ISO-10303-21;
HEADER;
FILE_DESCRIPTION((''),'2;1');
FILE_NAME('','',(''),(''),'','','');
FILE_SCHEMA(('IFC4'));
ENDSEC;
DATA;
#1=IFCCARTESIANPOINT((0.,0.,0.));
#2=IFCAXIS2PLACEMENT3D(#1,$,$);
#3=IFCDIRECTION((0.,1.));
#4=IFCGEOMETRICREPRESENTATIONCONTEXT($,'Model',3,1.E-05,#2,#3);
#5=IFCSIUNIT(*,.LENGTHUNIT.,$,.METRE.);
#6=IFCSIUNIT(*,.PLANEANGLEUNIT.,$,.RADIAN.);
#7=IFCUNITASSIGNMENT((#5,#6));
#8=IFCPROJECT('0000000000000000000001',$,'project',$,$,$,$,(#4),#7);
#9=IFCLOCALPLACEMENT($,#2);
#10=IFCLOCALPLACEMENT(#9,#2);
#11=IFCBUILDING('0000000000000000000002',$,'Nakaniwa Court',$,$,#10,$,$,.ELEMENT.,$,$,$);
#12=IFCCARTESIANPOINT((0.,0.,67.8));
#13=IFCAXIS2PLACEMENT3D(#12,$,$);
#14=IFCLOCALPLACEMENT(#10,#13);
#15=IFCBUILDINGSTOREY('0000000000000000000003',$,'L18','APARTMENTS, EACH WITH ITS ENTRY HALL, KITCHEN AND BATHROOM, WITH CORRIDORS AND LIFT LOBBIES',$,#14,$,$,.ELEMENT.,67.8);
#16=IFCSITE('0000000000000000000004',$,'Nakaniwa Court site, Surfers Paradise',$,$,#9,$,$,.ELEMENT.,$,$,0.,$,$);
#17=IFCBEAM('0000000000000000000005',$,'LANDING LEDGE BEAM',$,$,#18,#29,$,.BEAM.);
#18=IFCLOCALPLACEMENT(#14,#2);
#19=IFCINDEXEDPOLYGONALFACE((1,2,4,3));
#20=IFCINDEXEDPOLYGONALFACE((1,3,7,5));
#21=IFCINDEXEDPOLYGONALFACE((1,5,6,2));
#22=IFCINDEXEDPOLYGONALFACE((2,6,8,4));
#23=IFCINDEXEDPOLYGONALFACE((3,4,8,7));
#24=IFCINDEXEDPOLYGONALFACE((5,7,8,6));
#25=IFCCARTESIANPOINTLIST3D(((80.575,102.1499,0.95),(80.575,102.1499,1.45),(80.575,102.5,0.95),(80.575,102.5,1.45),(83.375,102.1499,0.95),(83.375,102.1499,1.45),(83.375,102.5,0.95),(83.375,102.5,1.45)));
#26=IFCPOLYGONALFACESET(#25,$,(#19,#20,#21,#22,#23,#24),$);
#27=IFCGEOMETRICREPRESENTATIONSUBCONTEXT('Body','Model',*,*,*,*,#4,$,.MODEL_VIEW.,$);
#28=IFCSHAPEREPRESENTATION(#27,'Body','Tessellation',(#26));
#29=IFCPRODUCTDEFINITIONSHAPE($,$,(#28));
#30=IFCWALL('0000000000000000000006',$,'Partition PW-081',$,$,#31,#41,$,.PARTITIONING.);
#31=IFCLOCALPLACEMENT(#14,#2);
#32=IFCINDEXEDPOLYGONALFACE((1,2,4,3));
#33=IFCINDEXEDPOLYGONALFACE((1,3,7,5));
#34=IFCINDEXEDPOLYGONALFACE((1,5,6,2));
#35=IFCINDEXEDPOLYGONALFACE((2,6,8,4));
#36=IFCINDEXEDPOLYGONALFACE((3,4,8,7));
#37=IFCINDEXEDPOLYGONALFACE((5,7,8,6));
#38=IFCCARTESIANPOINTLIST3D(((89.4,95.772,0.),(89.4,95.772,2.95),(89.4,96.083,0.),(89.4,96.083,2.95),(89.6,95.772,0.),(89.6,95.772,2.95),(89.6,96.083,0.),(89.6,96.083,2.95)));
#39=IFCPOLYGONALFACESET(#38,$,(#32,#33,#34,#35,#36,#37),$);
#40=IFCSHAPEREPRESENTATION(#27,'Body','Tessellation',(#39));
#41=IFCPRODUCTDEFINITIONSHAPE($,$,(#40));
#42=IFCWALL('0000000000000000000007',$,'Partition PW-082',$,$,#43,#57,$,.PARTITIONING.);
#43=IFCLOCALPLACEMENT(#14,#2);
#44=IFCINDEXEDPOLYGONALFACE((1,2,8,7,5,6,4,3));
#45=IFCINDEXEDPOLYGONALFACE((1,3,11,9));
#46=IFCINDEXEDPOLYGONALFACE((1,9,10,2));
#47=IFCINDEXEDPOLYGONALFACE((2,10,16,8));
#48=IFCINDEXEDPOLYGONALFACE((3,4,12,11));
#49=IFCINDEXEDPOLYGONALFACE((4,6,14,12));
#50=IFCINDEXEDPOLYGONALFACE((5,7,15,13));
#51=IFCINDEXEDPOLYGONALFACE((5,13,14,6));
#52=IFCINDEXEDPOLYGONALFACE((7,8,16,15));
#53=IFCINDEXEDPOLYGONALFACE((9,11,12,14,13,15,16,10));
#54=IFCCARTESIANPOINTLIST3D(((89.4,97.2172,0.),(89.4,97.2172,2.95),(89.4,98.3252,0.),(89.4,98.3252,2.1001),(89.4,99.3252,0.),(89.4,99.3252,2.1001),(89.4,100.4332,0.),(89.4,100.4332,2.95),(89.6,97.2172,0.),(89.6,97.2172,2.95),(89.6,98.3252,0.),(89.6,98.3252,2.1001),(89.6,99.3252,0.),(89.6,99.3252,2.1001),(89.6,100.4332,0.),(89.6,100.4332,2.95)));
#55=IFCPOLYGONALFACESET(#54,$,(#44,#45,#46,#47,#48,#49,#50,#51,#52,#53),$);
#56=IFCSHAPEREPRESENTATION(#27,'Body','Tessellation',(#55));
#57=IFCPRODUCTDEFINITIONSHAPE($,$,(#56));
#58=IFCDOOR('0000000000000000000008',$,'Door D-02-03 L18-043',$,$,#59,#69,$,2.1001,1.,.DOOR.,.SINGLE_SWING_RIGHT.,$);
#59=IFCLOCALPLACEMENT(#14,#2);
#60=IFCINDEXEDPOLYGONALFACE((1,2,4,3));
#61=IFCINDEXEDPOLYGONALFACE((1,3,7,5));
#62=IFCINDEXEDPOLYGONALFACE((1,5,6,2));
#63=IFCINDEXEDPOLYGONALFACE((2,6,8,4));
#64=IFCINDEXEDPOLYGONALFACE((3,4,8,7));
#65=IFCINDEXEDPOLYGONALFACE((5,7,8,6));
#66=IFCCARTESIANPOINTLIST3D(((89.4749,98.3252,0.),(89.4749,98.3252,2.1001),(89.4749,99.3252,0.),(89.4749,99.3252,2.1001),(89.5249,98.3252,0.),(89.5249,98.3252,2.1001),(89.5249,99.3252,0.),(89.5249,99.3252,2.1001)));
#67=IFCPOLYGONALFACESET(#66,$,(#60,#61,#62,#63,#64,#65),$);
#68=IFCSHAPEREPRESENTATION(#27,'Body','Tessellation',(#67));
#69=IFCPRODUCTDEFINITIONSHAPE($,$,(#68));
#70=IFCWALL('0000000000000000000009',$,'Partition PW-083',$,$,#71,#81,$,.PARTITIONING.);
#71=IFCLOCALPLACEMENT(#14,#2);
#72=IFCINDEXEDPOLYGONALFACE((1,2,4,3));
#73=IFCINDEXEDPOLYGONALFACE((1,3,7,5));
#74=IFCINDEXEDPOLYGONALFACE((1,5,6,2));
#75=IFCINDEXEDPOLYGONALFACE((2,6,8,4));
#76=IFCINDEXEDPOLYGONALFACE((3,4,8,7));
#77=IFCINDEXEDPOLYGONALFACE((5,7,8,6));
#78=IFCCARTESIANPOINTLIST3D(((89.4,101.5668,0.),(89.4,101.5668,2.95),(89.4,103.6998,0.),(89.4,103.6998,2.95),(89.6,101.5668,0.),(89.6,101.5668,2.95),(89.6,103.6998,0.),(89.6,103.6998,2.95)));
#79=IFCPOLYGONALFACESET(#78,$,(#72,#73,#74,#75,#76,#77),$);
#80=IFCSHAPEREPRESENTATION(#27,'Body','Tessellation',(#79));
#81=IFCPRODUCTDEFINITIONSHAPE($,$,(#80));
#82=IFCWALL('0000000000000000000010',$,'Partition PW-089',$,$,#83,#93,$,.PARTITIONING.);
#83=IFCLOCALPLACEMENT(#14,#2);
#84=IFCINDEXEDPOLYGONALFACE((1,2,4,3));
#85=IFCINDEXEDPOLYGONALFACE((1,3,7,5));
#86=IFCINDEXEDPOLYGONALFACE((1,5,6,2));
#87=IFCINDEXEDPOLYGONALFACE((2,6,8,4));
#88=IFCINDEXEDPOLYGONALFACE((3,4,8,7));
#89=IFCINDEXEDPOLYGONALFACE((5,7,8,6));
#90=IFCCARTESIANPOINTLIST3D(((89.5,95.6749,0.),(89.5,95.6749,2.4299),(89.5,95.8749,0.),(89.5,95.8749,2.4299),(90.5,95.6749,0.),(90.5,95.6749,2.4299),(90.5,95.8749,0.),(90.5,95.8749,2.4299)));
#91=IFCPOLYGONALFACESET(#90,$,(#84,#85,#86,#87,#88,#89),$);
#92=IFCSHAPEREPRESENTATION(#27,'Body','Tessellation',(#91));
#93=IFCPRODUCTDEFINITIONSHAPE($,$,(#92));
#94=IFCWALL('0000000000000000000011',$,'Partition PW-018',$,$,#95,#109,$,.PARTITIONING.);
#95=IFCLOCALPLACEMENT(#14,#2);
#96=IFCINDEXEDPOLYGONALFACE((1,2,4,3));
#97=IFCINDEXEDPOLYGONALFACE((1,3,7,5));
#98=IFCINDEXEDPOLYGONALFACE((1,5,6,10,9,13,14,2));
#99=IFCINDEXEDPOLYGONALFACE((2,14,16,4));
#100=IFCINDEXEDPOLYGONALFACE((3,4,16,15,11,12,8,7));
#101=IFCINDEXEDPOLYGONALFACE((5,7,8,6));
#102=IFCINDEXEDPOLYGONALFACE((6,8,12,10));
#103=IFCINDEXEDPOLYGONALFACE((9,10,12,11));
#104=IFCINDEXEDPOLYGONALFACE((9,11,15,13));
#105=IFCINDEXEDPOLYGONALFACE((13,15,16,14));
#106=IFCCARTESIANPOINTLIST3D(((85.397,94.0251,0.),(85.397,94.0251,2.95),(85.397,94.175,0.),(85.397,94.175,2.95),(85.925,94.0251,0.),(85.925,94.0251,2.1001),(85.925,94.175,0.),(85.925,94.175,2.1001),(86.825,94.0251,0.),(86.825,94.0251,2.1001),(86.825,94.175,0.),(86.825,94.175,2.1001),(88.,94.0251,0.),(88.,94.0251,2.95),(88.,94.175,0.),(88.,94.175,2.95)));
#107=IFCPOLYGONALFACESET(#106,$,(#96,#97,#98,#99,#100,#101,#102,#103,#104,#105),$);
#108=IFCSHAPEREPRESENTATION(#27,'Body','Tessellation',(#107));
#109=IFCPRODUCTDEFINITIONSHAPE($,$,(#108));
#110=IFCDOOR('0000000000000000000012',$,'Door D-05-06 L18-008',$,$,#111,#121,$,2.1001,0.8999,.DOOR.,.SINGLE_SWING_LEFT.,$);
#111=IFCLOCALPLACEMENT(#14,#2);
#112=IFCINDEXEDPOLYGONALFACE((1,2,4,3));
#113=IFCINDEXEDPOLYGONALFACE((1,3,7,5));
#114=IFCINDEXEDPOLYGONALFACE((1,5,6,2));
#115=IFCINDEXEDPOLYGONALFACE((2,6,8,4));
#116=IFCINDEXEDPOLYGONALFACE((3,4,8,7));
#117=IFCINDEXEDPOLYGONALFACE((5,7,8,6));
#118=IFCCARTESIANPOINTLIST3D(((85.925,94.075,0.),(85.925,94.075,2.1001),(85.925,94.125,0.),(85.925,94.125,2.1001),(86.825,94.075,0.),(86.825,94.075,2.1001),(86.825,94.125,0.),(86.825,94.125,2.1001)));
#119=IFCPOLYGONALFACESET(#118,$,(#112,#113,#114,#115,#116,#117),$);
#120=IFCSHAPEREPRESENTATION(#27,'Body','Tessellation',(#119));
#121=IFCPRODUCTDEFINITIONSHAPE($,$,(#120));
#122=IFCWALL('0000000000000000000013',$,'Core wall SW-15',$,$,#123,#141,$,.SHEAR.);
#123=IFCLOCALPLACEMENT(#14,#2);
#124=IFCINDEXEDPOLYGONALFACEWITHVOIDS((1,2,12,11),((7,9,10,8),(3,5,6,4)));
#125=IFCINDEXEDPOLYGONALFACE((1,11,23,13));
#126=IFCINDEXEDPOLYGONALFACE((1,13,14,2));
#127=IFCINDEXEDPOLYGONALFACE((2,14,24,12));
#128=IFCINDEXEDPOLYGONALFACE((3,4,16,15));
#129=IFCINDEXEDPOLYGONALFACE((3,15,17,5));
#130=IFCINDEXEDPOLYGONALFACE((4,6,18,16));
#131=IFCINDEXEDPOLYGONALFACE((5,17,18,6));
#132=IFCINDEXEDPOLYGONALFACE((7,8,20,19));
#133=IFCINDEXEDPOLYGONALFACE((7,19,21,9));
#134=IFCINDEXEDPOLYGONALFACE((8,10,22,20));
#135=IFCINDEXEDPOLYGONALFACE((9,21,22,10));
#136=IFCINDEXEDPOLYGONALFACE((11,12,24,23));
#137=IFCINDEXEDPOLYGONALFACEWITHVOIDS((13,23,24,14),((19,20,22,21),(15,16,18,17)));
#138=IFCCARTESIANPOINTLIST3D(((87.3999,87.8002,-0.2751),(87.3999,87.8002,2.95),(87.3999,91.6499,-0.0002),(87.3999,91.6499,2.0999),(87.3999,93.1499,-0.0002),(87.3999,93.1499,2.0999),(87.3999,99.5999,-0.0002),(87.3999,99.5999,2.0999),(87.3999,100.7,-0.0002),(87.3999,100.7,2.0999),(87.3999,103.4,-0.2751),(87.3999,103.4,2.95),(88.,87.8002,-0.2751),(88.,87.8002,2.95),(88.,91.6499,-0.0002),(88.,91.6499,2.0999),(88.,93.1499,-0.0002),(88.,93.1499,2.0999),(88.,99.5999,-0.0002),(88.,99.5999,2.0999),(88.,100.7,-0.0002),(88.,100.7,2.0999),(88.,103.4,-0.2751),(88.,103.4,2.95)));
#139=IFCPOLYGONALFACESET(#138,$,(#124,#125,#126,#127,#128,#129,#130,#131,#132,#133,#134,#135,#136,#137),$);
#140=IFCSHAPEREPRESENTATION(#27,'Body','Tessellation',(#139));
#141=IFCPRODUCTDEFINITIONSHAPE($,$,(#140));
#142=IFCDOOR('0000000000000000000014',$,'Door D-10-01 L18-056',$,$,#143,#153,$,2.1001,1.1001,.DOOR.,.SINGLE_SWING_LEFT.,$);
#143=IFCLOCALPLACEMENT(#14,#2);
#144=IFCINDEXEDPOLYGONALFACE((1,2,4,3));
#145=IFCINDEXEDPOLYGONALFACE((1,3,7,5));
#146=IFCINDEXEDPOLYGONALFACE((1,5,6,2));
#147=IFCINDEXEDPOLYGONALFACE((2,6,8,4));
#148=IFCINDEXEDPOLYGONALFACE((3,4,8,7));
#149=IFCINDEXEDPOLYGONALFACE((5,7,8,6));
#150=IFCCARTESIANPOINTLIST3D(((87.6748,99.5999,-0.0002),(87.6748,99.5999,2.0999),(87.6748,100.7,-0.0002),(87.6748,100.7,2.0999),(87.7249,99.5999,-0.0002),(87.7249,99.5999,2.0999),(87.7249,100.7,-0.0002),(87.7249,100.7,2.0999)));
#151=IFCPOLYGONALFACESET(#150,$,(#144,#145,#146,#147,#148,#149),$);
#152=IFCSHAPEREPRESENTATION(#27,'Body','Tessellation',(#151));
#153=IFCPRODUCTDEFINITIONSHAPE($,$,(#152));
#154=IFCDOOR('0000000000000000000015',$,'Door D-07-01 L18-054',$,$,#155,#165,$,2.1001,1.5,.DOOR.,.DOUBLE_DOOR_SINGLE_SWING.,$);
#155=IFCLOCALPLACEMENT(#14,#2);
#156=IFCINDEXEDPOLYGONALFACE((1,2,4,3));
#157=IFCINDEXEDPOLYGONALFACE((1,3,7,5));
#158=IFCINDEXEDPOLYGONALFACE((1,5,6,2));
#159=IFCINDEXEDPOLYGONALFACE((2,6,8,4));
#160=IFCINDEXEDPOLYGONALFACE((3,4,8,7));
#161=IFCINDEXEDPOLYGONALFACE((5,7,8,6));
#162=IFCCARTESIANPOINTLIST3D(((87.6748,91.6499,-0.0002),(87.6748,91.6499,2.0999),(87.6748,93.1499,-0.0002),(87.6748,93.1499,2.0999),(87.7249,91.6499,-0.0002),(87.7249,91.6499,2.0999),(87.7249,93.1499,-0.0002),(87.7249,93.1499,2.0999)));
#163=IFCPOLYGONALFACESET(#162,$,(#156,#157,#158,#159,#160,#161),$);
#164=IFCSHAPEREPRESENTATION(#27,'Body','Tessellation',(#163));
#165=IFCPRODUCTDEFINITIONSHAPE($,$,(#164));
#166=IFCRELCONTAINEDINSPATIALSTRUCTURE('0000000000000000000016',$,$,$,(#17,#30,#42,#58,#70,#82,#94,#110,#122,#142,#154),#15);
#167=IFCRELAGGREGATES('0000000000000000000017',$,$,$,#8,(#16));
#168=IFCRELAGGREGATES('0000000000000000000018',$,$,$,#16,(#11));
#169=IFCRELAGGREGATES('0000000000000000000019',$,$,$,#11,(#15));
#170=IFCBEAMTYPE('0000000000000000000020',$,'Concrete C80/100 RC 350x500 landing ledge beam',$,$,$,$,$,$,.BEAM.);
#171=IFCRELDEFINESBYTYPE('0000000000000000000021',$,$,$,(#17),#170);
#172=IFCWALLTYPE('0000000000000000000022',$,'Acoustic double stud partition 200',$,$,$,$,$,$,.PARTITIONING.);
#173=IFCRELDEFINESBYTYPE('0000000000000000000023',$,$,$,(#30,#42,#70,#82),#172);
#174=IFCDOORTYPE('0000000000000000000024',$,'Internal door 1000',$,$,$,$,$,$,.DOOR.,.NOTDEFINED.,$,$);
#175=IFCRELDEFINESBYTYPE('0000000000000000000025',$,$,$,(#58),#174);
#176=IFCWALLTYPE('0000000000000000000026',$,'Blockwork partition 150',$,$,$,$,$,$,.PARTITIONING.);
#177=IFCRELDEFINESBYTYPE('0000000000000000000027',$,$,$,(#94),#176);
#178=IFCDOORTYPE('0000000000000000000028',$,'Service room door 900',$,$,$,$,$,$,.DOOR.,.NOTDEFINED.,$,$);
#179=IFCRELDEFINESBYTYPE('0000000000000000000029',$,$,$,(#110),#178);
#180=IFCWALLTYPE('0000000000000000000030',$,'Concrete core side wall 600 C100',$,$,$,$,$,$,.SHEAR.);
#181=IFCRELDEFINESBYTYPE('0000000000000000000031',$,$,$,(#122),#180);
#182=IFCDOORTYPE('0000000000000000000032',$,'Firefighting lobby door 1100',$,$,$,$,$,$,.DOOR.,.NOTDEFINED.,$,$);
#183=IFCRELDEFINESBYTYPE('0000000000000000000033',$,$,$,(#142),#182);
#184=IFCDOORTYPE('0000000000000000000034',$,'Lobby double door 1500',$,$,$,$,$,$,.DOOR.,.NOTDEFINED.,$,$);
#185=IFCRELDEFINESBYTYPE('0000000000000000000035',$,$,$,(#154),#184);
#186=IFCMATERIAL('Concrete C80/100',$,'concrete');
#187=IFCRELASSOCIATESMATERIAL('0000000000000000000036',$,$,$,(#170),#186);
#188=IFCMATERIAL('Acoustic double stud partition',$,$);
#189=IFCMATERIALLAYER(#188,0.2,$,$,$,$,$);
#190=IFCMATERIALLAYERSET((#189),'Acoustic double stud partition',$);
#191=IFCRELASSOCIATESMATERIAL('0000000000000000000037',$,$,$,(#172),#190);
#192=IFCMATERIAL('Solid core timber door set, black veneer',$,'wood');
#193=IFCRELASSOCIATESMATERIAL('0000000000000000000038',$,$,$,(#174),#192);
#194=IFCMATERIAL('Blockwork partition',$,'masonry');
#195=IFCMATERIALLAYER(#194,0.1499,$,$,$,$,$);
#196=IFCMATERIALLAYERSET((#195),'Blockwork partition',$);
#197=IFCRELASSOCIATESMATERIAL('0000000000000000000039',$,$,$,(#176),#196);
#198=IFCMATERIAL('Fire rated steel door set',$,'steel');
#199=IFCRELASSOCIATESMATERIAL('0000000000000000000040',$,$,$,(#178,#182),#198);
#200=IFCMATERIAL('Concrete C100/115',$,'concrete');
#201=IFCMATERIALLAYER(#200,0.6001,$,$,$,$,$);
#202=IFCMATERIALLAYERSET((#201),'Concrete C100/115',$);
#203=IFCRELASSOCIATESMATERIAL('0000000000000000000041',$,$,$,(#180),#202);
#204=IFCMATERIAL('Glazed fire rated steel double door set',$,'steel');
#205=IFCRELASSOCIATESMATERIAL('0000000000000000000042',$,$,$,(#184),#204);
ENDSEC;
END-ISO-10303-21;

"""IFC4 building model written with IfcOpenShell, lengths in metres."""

from ifc_helpers import new_model, si_unit, direction, frame, frame_2d, origin, origin_2d, place, context, subcontext, project, spatial, rectangle, extrude, material, layer, layer_set, material_profile, profile_set, type_object, element, fill, save


model = new_model("IFC4")

# Units and contexts
model_context = context("Model", 3, precision=1e-05, world=origin(), true_north=direction((0.0, 1.0)))
body_context = subcontext(model_context, "Body", "Model", "MODEL_VIEW")
ifc_project = project(units=[si_unit("LENGTHUNIT", "METRE"), si_unit("PLANEANGLEUNIT", "RADIAN")], contexts=[model_context])

# Site, building, storey
site_placement = place(None, origin())
site = spatial("IfcSite", under=ifc_project, at=site_placement, Name="Nakaniwa Court site, Surfers Paradise", CompositionType="ELEMENT", RefElevation=0.0)
building_placement = place(site_placement, origin())
building = spatial("IfcBuilding", under=site, at=building_placement, Name="Nakaniwa Court", CompositionType="ELEMENT")
storey_placement = place(building_placement, frame((0.0, 0.0, 67.8)))
storey = spatial("IfcBuildingStorey", under=building, at=storey_placement, Name="L18", Description="APARTMENTS, EACH WITH ITS ENTRY HALL, KITCHEN AND BATHROOM, WITH CORRIDORS AND LIFT LOBBIES", CompositionType="ELEMENT", Elevation=67.8)

# Beam
ifc_material_1 = material(Name="Concrete C80/100", Category="concrete")
ifc_material_profile = material_profile(ifc_material_1, rectangle(XDim=0.3501, YDim=0.5, at=origin_2d()), Name="Concrete C80/100 RC 350x500 landing ledge beam")
ifc_profile_set = profile_set([ifc_material_profile], Name="Concrete C80/100")
beam_type = type_object("IfcBeamType", Name="Concrete C80/100 RC 350x500 landing ledge beam", PredefinedType="BEAM", material=ifc_profile_set)
beam_placement = place(storey_placement, frame((80.575, 102.325, 1.2), z_axis=(1.0, 0.0, 0.0), x_axis=(0.0, 1.0, 0.0)))
element("IfcBeam", 1, at=beam_placement, inside=storey, type_object=beam_type, Name="LANDING LEDGE BEAM", PredefinedType="BEAM", context=body_context, shape_type="SweptSolid", body=[
    extrude(rectangle(XDim=0.3501, YDim=0.5, at=origin_2d()), origin(), (0.0, 0.0, 1.0), 2.8),
])

# Wall
ifc_material_2 = material(Name="Acoustic double stud partition")
ifc_layer_1 = layer(ifc_material_2, 0.2)
ifc_layer_set_1 = layer_set([ifc_layer_1], Name="Acoustic double stud partition")
wall_type_1 = type_object("IfcWallType", Name="Acoustic double stud partition 200", PredefinedType="PARTITIONING", material=ifc_layer_set_1)
wall_1_placement = place(storey_placement, frame((89.5, 95.772, 0.0), z_axis=(0.0, 0.0, 1.0), x_axis=(0.0, 1.0, 0.0)))
element("IfcWall", 2, at=wall_1_placement, inside=storey, type_object=wall_type_1, Name="Partition PW-081", PredefinedType="PARTITIONING", context=body_context, shape_type="SweptSolid", body=[
    extrude(rectangle(XDim=0.311, YDim=0.2, at=frame_2d((0.1555, 0.0))), origin(), (0.0, 0.0, 1.0), 2.95),
])

# Wall, opening, door
wall_2_placement = place(storey_placement, frame((89.5, 100.4331, 0.0), z_axis=(0.0, 0.0, 1.0), x_axis=(0.0, -1.0, 0.0)))
wall_2 = element("IfcWall", 3, at=wall_2_placement, inside=storey, type_object=wall_type_1, Name="Partition PW-082", PredefinedType="PARTITIONING", context=body_context, shape_type="SweptSolid", body=[
    extrude(rectangle(XDim=3.2161, YDim=0.2, at=frame_2d((1.6079, 0.0))), origin(), (0.0, 0.0, 1.0), 2.95),
])
opening_1_placement = place(wall_2_placement, frame((1.1079, 0.0, 0.0)))
opening_1 = element("IfcOpeningElement", 4, at=opening_1_placement, cuts=wall_2, PredefinedType="OPENING", context=body_context, shape_type="SweptSolid", body=[
    extrude(rectangle(XDim=1.0, YDim=2.1001, at=frame_2d((0.5, 1.05))), frame((0.0, 0.1099, 0.0), z_axis=(0.0, -1.0, 0.0), x_axis=(1.0, 0.0, 0.0)), (0.0, 0.0, 1.0), 0.22),
])
ifc_material_3 = material(Name="Solid core timber door set, black veneer", Category="wood")
door_type_1 = type_object("IfcDoorType", Name="Internal door 1000", OperationType="NOTDEFINED", PredefinedType="DOOR", material=ifc_material_3)
door_1_placement = place(opening_1_placement, origin())
door_1 = element("IfcDoor", 5, at=door_1_placement, inside=storey, type_object=door_type_1, Name="Door D-02-03 L18-043", OperationType="SINGLE_SWING_RIGHT", OverallHeight=2.1001, OverallWidth=1.0, PredefinedType="DOOR", context=body_context, shape_type="SweptSolid", body=[
    extrude(rectangle(XDim=1.0, YDim=2.1001, at=frame_2d((0.5, 1.05))), frame((0.0, 0.0249, 0.0), z_axis=(0.0, -1.0, 0.0), x_axis=(1.0, 0.0, 0.0)), (0.0, 0.0, 1.0), 0.05),
])
fill(opening_1, door_1)

# Walls
wall_3_placement = place(storey_placement, frame((89.5, 101.5669, 0.0), z_axis=(0.0, 0.0, 1.0), x_axis=(0.0, 1.0, 0.0)))
element("IfcWall", 6, at=wall_3_placement, inside=storey, type_object=wall_type_1, Name="Partition PW-083", PredefinedType="PARTITIONING", context=body_context, shape_type="SweptSolid", body=[
    extrude(rectangle(XDim=2.1331, YDim=0.2, at=frame_2d((1.0664, 0.0))), origin(), (0.0, 0.0, 1.0), 2.95),
])
wall_4_placement = place(storey_placement, frame((89.5, 95.7749, 0.0), z_axis=(0.0, 0.0, 1.0), x_axis=(1.0, 0.0, 0.0)))
element("IfcWall", 7, at=wall_4_placement, inside=storey, type_object=wall_type_1, Name="Partition PW-089", PredefinedType="PARTITIONING", context=body_context, shape_type="SweptSolid", body=[
    extrude(rectangle(XDim=1.0, YDim=0.2, at=frame_2d((0.5, 0.0))), origin(), (0.0, 0.0, 1.0), 2.4299),
])

# Wall, opening, door
ifc_material_4 = material(Name="Blockwork partition", Category="masonry")
ifc_layer_2 = layer(ifc_material_4, 0.1499)
ifc_layer_set_2 = layer_set([ifc_layer_2], Name="Blockwork partition")
wall_type_2 = type_object("IfcWallType", Name="Blockwork partition 150", PredefinedType="PARTITIONING", material=ifc_layer_set_2)
wall_5_placement = place(storey_placement, frame((85.397, 94.1001, 0.0), z_axis=(0.0, 0.0, 1.0), x_axis=(1.0, 0.0, 0.0)))
wall_5 = element("IfcWall", 8, at=wall_5_placement, inside=storey, type_object=wall_type_2, Name="Partition PW-018", PredefinedType="PARTITIONING", context=body_context, shape_type="SweptSolid", body=[
    extrude(rectangle(XDim=2.603, YDim=0.1499, at=frame_2d((1.3015, 0.0))), origin(), (0.0, 0.0, 1.0), 2.95),
])
opening_2_placement = place(wall_5_placement, frame((0.5281, 0.0, 0.0)))
opening_2 = element("IfcOpeningElement", 9, at=opening_2_placement, cuts=wall_5, PredefinedType="OPENING", context=body_context, shape_type="SweptSolid", body=[
    extrude(rectangle(XDim=0.8999, YDim=2.1001, at=frame_2d((0.45, 1.05))), frame((0.0, 0.085, 0.0), z_axis=(0.0, -1.0, 0.0), x_axis=(1.0, 0.0, 0.0)), (0.0, 0.0, 1.0), 0.1699),
])
ifc_material_5 = material(Name="Fire rated steel door set", Category="steel")
door_type_2 = type_object("IfcDoorType", Name="Service room door 900", OperationType="NOTDEFINED", PredefinedType="DOOR", material=ifc_material_5)
door_2_placement = place(opening_2_placement, origin())
door_2 = element("IfcDoor", 10, at=door_2_placement, inside=storey, type_object=door_type_2, Name="Door D-05-06 L18-008", OperationType="SINGLE_SWING_LEFT", OverallHeight=2.1001, OverallWidth=0.8999, PredefinedType="DOOR", context=body_context, shape_type="SweptSolid", body=[
    extrude(rectangle(XDim=0.8999, YDim=2.1001, at=frame_2d((0.45, 1.05))), frame((0.0, 0.0249, 0.0), z_axis=(0.0, -1.0, 0.0), x_axis=(1.0, 0.0, 0.0)), (0.0, 0.0, 1.0), 0.05),
])
fill(opening_2, door_2)

# Wall, openings, doors
ifc_material_6 = material(Name="Concrete C100/115", Category="concrete")
ifc_layer_3 = layer(ifc_material_6, 0.6001)
ifc_layer_set_3 = layer_set([ifc_layer_3], Name="Concrete C100/115")
wall_type_3 = type_object("IfcWallType", Name="Concrete core side wall 600 C100", PredefinedType="SHEAR", material=ifc_layer_set_3)
wall_6_placement = place(storey_placement, frame((87.7, 103.3999, -0.2751), z_axis=(0.0, 0.0, 1.0), x_axis=(0.0, -1.0, 0.0)))
wall_6 = element("IfcWall", 11, at=wall_6_placement, inside=storey, type_object=wall_type_3, Name="Core wall SW-15", PredefinedType="SHEAR", context=body_context, shape_type="SweptSolid", body=[
    extrude(rectangle(XDim=15.5999, YDim=0.6001, at=frame_2d((7.7998, 0.0))), origin(), (0.0, 0.0, 1.0), 3.2251),
])
opening_3_placement = place(wall_6_placement, frame((10.25, 0.0, 0.2749)))
opening_3 = element("IfcOpeningElement", 12, at=opening_3_placement, cuts=wall_6, PredefinedType="OPENING", context=body_context, shape_type="SweptSolid", body=[
    extrude(rectangle(XDim=1.5, YDim=2.1001, at=frame_2d((0.75, 1.05))), frame((0.0, 0.3101, 0.0), z_axis=(0.0, -1.0, 0.0), x_axis=(1.0, 0.0, 0.0)), (0.0, 0.0, 1.0), 0.6201),
])
opening_4_placement = place(wall_6_placement, frame((2.7, 0.0, 0.2749)))
opening_4 = element("IfcOpeningElement", 13, at=opening_4_placement, cuts=wall_6, PredefinedType="OPENING", context=body_context, shape_type="SweptSolid", body=[
    extrude(rectangle(XDim=1.1001, YDim=2.1001, at=frame_2d((0.55, 1.05))), frame((0.0, 0.3101, 0.0), z_axis=(0.0, -1.0, 0.0), x_axis=(1.0, 0.0, 0.0)), (0.0, 0.0, 1.0), 0.6201),
])
door_type_3 = type_object("IfcDoorType", Name="Firefighting lobby door 1100", OperationType="NOTDEFINED", PredefinedType="DOOR", material=ifc_material_5)
door_3_placement = place(opening_4_placement, origin())
door_3 = element("IfcDoor", 14, at=door_3_placement, inside=storey, type_object=door_type_3, Name="Door D-10-01 L18-056", OperationType="SINGLE_SWING_LEFT", OverallHeight=2.1001, OverallWidth=1.1001, PredefinedType="DOOR", context=body_context, shape_type="SweptSolid", body=[
    extrude(rectangle(XDim=1.1001, YDim=2.1001, at=frame_2d((0.55, 1.05))), frame((0.0, 0.0249, 0.0), z_axis=(0.0, -1.0, 0.0), x_axis=(1.0, 0.0, 0.0)), (0.0, 0.0, 1.0), 0.05),
])
fill(opening_4, door_3)
ifc_material_7 = material(Name="Glazed fire rated steel double door set", Category="steel")
door_type_4 = type_object("IfcDoorType", Name="Lobby double door 1500", OperationType="NOTDEFINED", PredefinedType="DOOR", material=ifc_material_7)
door_4_placement = place(opening_3_placement, origin())
door_4 = element("IfcDoor", 15, at=door_4_placement, inside=storey, type_object=door_type_4, Name="Door D-07-01 L18-054", OperationType="DOUBLE_DOOR_SINGLE_SWING", OverallHeight=2.1001, OverallWidth=1.5, PredefinedType="DOOR", context=body_context, shape_type="SweptSolid", body=[
    extrude(rectangle(XDim=1.5, YDim=2.1001, at=frame_2d((0.75, 1.05))), frame((0.0, 0.0249, 0.0), z_axis=(0.0, -1.0, 0.0), x_axis=(1.0, 0.0, 0.0)), (0.0, 0.0, 1.0), 0.05),
])
fill(opening_3, door_4)

save(model, "model.ifc")
